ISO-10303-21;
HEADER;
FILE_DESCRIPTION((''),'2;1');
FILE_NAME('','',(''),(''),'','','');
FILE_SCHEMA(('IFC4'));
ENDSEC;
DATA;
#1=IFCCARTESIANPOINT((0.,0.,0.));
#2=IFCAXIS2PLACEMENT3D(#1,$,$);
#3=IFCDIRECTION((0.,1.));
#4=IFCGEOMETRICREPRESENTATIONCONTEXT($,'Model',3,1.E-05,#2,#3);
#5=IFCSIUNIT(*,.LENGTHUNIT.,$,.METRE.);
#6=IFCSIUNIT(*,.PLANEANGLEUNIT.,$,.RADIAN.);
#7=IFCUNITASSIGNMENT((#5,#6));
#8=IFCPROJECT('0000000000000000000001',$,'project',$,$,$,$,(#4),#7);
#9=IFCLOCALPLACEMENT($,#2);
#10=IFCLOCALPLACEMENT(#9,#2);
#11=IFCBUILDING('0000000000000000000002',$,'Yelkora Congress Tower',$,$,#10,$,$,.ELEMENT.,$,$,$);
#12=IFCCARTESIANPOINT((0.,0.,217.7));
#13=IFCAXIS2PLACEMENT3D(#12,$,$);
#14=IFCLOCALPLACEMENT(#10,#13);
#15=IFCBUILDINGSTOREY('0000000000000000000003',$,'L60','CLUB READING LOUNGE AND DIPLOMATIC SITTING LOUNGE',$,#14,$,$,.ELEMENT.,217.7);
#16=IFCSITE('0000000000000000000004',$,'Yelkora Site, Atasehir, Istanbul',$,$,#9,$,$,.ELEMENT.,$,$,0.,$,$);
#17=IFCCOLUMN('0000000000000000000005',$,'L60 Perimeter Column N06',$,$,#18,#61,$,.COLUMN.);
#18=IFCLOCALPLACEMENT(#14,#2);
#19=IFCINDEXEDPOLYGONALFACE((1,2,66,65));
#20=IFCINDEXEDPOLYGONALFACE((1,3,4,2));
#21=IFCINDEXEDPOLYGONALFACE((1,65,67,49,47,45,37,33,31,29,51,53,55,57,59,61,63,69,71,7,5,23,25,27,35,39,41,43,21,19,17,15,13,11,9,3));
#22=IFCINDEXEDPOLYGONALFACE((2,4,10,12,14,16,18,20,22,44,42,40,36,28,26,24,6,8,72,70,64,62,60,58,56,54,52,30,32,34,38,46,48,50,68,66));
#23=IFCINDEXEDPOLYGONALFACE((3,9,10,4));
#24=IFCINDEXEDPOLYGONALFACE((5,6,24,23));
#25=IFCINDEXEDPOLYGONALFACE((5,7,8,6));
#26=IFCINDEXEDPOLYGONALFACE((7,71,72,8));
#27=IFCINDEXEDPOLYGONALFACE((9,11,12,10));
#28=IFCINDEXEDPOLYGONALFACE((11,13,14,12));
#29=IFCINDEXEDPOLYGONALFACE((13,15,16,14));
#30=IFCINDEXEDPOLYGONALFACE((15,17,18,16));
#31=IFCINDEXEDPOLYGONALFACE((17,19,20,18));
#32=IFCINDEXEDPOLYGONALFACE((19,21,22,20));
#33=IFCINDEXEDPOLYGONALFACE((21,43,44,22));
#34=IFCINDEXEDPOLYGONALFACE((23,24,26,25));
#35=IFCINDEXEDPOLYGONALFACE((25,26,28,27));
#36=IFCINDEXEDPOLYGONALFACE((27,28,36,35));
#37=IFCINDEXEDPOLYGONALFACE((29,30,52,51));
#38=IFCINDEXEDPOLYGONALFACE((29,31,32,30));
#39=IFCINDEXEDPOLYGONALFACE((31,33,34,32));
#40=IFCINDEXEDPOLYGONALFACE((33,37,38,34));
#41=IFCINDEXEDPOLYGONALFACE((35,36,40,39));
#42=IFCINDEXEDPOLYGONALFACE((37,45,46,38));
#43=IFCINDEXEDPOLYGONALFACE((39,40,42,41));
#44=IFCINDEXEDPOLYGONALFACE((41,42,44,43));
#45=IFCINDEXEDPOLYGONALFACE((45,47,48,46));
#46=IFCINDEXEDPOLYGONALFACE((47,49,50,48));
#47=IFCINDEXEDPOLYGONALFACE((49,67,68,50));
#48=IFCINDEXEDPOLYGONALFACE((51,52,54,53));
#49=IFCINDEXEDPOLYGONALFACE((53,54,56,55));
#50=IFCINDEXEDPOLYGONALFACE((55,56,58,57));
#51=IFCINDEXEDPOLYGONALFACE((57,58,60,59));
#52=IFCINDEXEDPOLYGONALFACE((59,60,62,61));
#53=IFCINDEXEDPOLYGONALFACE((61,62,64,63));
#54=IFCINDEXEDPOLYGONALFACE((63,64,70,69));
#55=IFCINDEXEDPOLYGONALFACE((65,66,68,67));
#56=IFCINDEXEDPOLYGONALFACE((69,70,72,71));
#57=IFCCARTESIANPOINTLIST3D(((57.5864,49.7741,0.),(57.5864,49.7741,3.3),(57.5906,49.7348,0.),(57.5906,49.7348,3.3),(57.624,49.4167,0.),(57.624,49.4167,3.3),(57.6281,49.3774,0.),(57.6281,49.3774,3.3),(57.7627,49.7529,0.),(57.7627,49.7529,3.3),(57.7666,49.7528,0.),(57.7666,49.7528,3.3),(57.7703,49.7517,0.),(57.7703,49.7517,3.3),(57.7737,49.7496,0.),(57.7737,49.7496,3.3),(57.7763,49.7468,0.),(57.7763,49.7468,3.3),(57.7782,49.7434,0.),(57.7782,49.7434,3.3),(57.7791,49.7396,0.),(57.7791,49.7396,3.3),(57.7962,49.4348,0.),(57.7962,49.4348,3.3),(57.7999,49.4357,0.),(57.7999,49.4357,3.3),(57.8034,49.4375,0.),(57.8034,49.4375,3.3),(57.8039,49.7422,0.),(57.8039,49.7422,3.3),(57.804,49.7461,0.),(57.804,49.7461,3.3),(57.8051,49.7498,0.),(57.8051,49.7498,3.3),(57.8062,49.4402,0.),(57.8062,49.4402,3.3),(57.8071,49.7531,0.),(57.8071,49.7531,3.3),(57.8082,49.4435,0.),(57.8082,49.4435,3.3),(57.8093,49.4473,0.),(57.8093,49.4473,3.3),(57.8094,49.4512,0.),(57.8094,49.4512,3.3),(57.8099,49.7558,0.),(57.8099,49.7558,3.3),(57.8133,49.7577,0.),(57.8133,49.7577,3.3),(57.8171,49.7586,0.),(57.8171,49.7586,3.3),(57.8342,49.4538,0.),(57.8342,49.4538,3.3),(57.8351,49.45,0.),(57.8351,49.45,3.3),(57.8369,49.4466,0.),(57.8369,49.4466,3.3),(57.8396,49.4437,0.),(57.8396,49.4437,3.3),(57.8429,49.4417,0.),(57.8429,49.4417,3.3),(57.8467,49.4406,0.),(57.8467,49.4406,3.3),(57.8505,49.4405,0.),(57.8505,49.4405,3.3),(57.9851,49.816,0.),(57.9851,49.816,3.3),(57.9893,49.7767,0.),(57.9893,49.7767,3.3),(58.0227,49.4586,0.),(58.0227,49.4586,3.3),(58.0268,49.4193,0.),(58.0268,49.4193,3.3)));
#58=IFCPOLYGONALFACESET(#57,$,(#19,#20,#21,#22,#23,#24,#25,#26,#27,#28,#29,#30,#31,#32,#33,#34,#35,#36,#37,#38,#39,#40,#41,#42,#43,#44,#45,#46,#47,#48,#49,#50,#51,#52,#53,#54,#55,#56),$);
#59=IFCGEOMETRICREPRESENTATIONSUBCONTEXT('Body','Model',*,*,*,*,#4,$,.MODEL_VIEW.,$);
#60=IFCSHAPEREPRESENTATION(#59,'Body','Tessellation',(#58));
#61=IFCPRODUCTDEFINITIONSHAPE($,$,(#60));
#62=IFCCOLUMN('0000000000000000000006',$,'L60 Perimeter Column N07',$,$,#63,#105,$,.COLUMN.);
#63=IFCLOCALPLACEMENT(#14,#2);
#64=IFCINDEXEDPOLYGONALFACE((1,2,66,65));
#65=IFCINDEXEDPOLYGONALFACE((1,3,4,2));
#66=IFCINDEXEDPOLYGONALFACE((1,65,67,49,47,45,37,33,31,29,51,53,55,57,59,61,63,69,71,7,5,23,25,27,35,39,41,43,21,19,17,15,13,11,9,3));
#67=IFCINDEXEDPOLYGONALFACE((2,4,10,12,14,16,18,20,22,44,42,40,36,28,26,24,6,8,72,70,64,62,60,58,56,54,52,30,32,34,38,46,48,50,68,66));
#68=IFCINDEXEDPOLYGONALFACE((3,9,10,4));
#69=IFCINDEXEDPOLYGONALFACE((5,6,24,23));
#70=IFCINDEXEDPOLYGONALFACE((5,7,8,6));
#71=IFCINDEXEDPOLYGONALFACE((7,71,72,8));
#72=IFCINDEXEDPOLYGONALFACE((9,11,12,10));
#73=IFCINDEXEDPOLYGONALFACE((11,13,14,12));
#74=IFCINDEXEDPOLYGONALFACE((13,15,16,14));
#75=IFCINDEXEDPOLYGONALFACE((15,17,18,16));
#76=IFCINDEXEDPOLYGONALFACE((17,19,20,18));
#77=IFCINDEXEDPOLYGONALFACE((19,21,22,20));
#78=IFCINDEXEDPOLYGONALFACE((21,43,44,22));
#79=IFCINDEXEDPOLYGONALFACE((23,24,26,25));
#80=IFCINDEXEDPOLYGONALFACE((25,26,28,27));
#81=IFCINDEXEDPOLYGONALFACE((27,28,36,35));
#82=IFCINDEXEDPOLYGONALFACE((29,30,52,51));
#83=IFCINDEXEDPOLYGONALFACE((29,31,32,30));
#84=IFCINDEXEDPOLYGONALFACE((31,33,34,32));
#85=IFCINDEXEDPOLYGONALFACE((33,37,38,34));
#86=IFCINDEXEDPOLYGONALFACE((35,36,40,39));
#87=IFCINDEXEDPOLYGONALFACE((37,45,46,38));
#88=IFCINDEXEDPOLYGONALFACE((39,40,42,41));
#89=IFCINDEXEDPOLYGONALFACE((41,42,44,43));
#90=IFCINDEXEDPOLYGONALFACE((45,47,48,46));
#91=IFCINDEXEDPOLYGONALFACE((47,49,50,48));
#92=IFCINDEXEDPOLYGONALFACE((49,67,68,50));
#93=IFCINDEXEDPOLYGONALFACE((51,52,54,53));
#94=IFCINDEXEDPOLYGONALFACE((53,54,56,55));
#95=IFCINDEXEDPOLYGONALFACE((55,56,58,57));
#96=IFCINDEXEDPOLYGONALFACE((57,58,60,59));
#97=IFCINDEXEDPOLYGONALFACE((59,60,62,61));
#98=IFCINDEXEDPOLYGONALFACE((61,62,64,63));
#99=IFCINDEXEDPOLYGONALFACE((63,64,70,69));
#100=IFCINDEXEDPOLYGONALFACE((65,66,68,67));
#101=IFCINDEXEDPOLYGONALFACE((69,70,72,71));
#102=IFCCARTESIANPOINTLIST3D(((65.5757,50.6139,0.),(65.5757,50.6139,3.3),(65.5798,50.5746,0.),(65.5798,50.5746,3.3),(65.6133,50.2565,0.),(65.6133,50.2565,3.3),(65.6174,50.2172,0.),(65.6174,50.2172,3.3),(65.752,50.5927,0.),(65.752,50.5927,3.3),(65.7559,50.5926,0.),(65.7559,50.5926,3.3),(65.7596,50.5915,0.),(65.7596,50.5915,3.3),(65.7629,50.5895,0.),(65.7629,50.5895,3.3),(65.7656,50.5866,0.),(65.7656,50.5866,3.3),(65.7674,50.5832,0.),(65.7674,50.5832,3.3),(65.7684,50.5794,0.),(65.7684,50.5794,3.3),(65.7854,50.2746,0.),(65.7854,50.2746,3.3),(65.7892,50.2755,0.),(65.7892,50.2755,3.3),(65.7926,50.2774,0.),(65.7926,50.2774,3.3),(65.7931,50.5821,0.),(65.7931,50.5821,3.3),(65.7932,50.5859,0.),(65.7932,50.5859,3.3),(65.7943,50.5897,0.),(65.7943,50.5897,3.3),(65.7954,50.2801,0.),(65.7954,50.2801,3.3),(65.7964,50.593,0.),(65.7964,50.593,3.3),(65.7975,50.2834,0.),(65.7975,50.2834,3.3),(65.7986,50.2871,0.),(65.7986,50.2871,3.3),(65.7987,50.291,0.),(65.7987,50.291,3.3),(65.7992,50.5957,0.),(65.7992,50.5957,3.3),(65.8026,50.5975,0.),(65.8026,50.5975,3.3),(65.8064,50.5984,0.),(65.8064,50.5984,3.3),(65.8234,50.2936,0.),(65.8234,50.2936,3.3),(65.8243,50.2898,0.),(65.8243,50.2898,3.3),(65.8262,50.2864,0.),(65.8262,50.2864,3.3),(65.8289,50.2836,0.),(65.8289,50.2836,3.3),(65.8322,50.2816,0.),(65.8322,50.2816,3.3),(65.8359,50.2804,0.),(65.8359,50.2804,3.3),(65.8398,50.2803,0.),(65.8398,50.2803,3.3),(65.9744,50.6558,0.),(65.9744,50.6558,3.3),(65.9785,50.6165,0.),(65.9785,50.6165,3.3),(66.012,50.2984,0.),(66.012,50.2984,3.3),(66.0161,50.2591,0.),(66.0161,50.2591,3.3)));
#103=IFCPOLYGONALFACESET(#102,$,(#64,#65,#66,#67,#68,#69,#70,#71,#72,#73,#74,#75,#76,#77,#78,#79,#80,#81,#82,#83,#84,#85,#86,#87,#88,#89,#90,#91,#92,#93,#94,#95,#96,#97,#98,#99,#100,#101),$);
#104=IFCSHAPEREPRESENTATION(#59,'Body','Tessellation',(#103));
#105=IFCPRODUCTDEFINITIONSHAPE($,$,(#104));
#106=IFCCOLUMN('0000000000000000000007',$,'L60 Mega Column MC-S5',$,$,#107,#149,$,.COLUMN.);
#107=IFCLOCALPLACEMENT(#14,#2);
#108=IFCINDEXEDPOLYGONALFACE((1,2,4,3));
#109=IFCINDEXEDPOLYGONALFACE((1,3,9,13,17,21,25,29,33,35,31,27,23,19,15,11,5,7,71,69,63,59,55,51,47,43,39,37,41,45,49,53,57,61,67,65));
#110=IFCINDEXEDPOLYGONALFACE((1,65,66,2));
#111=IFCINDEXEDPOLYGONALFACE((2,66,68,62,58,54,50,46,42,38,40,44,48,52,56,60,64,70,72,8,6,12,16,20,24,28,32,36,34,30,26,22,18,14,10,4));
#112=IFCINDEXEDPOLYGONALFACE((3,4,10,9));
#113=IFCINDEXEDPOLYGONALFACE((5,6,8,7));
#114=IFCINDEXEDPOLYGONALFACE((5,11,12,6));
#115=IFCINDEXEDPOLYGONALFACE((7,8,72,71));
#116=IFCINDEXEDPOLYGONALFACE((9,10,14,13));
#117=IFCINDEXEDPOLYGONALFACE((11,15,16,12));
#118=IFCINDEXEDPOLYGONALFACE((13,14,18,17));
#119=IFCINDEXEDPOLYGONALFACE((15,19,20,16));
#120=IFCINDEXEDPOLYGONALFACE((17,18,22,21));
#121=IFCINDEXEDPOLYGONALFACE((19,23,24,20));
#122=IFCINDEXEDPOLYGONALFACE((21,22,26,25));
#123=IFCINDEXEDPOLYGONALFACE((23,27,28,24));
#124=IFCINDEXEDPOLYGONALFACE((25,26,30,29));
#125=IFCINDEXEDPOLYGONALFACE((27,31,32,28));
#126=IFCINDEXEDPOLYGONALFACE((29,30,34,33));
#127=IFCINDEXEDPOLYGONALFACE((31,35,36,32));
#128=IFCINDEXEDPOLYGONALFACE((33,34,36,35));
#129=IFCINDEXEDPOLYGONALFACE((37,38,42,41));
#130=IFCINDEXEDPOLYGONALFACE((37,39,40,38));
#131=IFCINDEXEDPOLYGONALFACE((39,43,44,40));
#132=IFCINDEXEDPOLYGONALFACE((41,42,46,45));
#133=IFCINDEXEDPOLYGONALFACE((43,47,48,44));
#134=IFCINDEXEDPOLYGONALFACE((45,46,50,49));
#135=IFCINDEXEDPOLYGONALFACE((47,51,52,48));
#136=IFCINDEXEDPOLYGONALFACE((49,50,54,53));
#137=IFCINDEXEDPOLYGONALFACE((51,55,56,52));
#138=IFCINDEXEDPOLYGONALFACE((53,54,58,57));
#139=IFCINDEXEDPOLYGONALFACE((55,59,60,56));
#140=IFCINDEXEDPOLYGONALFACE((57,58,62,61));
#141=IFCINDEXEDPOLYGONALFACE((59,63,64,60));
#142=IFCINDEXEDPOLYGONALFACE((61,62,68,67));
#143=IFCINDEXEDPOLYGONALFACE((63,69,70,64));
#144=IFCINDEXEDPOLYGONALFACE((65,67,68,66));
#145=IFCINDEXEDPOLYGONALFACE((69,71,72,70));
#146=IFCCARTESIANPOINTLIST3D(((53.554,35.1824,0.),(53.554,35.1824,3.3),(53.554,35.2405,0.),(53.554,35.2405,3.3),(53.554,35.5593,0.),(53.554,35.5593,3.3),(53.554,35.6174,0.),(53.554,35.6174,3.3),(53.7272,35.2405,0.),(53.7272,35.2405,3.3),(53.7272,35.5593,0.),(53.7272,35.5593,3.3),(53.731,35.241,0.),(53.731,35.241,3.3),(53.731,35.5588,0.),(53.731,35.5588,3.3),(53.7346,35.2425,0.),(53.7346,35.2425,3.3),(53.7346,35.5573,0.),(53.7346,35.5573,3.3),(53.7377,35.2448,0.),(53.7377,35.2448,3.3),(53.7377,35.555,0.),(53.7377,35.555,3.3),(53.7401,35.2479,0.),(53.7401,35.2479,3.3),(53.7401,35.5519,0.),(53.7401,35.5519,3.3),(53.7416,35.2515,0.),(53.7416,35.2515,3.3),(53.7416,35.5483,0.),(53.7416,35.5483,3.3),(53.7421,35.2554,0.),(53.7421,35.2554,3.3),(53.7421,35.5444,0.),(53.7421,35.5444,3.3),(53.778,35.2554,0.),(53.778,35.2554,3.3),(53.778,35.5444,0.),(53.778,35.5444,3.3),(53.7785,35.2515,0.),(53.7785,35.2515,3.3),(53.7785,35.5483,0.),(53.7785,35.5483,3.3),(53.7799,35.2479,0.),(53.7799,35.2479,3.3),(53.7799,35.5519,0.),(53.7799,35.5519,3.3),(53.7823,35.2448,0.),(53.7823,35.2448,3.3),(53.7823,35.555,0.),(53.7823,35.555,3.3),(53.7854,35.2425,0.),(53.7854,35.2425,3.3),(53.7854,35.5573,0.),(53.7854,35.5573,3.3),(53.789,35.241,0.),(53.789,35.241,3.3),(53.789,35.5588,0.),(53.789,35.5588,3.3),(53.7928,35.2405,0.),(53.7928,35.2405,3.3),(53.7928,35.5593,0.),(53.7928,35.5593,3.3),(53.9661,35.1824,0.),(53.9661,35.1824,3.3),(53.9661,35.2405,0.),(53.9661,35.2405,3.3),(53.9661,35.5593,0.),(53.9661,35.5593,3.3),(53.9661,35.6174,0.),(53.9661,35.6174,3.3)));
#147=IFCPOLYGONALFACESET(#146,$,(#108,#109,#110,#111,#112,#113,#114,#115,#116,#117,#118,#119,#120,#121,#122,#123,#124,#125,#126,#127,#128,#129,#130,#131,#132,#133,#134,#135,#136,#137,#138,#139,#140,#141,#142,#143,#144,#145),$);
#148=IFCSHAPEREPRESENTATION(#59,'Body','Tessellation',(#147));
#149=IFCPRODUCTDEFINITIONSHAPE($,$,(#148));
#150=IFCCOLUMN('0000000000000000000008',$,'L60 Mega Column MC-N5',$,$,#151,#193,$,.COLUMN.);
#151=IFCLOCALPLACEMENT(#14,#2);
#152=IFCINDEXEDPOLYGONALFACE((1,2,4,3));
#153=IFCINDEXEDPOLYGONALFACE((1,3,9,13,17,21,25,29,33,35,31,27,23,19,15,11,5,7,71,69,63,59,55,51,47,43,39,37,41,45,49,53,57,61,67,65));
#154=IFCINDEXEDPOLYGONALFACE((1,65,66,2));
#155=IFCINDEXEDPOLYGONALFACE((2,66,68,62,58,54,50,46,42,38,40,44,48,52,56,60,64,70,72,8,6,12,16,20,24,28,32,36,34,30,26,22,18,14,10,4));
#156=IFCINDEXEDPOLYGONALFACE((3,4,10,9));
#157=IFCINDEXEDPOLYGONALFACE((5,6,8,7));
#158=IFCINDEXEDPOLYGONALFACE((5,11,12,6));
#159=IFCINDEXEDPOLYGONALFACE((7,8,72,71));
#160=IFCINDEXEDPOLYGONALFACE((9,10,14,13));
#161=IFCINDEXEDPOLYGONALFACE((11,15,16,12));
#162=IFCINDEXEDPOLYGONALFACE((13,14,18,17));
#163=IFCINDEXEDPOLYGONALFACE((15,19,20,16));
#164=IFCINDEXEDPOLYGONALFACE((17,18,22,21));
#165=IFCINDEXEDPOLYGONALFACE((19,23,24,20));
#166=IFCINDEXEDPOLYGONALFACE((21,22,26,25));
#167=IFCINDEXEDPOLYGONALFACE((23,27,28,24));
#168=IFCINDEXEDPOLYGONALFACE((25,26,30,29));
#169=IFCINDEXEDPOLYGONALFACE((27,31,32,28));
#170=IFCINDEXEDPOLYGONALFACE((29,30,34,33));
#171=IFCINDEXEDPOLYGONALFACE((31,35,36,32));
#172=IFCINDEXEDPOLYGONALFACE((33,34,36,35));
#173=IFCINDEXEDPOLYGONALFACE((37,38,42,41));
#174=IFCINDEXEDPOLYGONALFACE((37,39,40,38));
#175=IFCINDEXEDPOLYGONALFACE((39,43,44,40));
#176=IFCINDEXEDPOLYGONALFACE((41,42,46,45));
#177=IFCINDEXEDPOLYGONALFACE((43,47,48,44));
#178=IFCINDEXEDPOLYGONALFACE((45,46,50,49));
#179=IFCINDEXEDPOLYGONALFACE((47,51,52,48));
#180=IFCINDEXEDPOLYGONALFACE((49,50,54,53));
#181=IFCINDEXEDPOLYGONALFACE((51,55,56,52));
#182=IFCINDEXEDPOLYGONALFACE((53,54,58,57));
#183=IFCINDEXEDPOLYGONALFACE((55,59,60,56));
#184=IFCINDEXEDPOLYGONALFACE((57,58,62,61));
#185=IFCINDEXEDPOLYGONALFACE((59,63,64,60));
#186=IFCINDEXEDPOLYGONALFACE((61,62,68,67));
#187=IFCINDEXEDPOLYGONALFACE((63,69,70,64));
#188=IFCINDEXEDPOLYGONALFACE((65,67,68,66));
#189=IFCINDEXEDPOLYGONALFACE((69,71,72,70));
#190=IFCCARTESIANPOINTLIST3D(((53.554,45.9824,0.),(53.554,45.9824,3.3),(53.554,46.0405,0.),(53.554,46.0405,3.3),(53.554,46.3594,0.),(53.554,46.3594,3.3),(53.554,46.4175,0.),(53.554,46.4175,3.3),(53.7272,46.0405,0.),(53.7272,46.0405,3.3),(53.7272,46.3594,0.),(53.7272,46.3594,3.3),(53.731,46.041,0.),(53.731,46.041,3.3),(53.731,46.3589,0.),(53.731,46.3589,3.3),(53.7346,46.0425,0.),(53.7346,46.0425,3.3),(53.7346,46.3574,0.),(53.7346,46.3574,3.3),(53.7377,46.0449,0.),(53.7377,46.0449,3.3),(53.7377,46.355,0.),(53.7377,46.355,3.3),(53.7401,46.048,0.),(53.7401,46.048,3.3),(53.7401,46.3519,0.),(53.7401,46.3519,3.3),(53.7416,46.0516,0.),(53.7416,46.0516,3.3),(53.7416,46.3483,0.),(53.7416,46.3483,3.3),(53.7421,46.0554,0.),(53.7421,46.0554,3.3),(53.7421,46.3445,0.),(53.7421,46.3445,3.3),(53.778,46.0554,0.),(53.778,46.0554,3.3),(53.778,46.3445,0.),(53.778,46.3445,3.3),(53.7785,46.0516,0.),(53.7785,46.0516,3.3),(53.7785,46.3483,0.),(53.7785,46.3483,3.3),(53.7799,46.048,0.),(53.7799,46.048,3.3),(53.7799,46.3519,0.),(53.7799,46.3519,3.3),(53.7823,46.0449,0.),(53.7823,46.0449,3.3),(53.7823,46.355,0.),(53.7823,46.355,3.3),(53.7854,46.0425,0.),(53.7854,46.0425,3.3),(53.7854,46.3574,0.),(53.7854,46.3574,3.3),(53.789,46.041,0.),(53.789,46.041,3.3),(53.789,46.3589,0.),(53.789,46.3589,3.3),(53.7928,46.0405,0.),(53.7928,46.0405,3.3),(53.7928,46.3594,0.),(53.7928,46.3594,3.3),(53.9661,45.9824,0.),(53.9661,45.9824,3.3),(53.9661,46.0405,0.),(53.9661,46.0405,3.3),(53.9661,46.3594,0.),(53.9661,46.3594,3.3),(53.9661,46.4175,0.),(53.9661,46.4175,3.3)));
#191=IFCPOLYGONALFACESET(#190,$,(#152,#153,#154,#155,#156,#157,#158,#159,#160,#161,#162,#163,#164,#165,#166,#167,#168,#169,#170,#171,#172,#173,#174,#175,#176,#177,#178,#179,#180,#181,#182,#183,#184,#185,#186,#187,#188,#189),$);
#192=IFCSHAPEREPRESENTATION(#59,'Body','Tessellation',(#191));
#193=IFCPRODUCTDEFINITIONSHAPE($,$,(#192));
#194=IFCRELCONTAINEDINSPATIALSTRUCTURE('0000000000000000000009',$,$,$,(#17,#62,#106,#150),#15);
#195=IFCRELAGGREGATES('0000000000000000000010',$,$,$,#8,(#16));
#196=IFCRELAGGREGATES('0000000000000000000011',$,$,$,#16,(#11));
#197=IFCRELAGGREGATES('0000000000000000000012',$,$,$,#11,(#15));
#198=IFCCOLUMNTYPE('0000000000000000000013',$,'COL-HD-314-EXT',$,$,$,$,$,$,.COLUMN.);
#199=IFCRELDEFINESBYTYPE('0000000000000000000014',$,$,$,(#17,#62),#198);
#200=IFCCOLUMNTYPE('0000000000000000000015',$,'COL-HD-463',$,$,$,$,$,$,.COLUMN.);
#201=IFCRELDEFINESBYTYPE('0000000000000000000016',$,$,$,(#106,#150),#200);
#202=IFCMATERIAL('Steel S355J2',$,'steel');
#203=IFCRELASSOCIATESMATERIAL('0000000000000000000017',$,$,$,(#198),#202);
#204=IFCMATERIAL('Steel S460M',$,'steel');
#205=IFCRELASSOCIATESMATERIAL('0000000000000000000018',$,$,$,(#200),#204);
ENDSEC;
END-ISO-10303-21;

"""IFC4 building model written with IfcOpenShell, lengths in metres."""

from ifc_helpers import new_model, si_unit, direction, frame, origin, origin_2d, place, context, subcontext, project, spatial, i_section, extrude, material, material_profile, profile_set, type_object, element, save


model = new_model("IFC4")

# Units and contexts
model_context = context("Model", 3, precision=1e-05, world=origin(), true_north=direction((0.0, 1.0)))
body_context = subcontext(model_context, "Body", "Model", "MODEL_VIEW")
ifc_project = project(units=[si_unit("LENGTHUNIT", "METRE"), si_unit("PLANEANGLEUNIT", "RADIAN")], contexts=[model_context])

# Site, building, storey
site_placement = place(None, origin())
site = spatial("IfcSite", under=ifc_project, at=site_placement, Name="Yelkora Site, Atasehir, Istanbul", CompositionType="ELEMENT", RefElevation=0.0)
building_placement = place(site_placement, origin())
building = spatial("IfcBuilding", under=site, at=building_placement, Name="Yelkora Congress Tower", CompositionType="ELEMENT")
storey_placement = place(building_placement, frame((0.0, 0.0, 217.7)))
storey = spatial("IfcBuildingStorey", under=building, at=storey_placement, Name="L60", Description="CLUB READING LOUNGE AND DIPLOMATIC SITTING LOUNGE", CompositionType="ELEMENT", Elevation=217.7)

# Columns
ifc_material_1 = material(Name="Steel S355J2", Category="steel")
ifc_material_profile_1 = material_profile(ifc_material_1, i_section(OverallWidth=0.4009, OverallDepth=0.3989, WebThickness=0.0249, FlangeThickness=0.0396, FilletRadius=0.0149, at=origin_2d()), Name="HD 400x314")
ifc_profile_set_1 = profile_set([ifc_material_profile_1], Name="Steel S355J2")
column_type_1 = type_object("IfcColumnType", Name="COL-HD-314-EXT", PredefinedType="COLUMN", material=ifc_profile_set_1)
for number, where, z_axis, x_axis, name in (
    (1, (57.8066, 49.5967, 0.0), (0.0, 0.0, 1.0), (0.994522, 0.104528, 0.0), "L60 Perimeter Column N06"),
    (2, (65.7959, 50.4365, 0.0), (0.0, 0.0, 1.0), (0.994522, 0.104528, 0.0), "L60 Perimeter Column N07"),
):
    element("IfcColumn", number, at=place(storey_placement, frame(where, z_axis=z_axis, x_axis=x_axis)), inside=storey, type_object=column_type_1, Name=name, PredefinedType="COLUMN", context=body_context, shape_type="SweptSolid", body=[
        extrude(i_section(OverallWidth=0.4009, OverallDepth=0.3989, WebThickness=0.0249, FlangeThickness=0.0396, FilletRadius=0.0149, at=origin_2d()), origin(), (0.0, 0.0, 1.0), 3.3),
    ])
ifc_material_2 = material(Name="Steel S460M", Category="steel")
ifc_material_profile_2 = material_profile(ifc_material_2, i_section(OverallWidth=0.4121, OverallDepth=0.4351, WebThickness=0.0359, FlangeThickness=0.0581, FilletRadius=0.0149, at=origin_2d()), Name="HD 400x463")
ifc_profile_set_2 = profile_set([ifc_material_profile_2], Name="Steel S460M")
column_type_2 = type_object("IfcColumnType", Name="COL-HD-463", PredefinedType="COLUMN", material=ifc_profile_set_2)
for number, where, z_axis, x_axis, name in (
    (3, (53.76, 35.3999, 0.0), (0.0, 0.0, 1.0), (1.0, 0.0, 0.0), "L60 Mega Column MC-S5"),
    (4, (53.76, 46.2, 0.0), (0.0, 0.0, 1.0), (1.0, 0.0, 0.0), "L60 Mega Column MC-N5"),
):
    element("IfcColumn", number, at=place(storey_placement, frame(where, z_axis=z_axis, x_axis=x_axis)), inside=storey, type_object=column_type_2, Name=name, PredefinedType="COLUMN", context=body_context, shape_type="SweptSolid", body=[
        extrude(i_section(OverallWidth=0.4121, OverallDepth=0.4351, WebThickness=0.0359, FlangeThickness=0.0581, FilletRadius=0.0149, at=origin_2d()), origin(), (0.0, 0.0, 1.0), 3.3),
    ])

save(model, "model.ifc")
